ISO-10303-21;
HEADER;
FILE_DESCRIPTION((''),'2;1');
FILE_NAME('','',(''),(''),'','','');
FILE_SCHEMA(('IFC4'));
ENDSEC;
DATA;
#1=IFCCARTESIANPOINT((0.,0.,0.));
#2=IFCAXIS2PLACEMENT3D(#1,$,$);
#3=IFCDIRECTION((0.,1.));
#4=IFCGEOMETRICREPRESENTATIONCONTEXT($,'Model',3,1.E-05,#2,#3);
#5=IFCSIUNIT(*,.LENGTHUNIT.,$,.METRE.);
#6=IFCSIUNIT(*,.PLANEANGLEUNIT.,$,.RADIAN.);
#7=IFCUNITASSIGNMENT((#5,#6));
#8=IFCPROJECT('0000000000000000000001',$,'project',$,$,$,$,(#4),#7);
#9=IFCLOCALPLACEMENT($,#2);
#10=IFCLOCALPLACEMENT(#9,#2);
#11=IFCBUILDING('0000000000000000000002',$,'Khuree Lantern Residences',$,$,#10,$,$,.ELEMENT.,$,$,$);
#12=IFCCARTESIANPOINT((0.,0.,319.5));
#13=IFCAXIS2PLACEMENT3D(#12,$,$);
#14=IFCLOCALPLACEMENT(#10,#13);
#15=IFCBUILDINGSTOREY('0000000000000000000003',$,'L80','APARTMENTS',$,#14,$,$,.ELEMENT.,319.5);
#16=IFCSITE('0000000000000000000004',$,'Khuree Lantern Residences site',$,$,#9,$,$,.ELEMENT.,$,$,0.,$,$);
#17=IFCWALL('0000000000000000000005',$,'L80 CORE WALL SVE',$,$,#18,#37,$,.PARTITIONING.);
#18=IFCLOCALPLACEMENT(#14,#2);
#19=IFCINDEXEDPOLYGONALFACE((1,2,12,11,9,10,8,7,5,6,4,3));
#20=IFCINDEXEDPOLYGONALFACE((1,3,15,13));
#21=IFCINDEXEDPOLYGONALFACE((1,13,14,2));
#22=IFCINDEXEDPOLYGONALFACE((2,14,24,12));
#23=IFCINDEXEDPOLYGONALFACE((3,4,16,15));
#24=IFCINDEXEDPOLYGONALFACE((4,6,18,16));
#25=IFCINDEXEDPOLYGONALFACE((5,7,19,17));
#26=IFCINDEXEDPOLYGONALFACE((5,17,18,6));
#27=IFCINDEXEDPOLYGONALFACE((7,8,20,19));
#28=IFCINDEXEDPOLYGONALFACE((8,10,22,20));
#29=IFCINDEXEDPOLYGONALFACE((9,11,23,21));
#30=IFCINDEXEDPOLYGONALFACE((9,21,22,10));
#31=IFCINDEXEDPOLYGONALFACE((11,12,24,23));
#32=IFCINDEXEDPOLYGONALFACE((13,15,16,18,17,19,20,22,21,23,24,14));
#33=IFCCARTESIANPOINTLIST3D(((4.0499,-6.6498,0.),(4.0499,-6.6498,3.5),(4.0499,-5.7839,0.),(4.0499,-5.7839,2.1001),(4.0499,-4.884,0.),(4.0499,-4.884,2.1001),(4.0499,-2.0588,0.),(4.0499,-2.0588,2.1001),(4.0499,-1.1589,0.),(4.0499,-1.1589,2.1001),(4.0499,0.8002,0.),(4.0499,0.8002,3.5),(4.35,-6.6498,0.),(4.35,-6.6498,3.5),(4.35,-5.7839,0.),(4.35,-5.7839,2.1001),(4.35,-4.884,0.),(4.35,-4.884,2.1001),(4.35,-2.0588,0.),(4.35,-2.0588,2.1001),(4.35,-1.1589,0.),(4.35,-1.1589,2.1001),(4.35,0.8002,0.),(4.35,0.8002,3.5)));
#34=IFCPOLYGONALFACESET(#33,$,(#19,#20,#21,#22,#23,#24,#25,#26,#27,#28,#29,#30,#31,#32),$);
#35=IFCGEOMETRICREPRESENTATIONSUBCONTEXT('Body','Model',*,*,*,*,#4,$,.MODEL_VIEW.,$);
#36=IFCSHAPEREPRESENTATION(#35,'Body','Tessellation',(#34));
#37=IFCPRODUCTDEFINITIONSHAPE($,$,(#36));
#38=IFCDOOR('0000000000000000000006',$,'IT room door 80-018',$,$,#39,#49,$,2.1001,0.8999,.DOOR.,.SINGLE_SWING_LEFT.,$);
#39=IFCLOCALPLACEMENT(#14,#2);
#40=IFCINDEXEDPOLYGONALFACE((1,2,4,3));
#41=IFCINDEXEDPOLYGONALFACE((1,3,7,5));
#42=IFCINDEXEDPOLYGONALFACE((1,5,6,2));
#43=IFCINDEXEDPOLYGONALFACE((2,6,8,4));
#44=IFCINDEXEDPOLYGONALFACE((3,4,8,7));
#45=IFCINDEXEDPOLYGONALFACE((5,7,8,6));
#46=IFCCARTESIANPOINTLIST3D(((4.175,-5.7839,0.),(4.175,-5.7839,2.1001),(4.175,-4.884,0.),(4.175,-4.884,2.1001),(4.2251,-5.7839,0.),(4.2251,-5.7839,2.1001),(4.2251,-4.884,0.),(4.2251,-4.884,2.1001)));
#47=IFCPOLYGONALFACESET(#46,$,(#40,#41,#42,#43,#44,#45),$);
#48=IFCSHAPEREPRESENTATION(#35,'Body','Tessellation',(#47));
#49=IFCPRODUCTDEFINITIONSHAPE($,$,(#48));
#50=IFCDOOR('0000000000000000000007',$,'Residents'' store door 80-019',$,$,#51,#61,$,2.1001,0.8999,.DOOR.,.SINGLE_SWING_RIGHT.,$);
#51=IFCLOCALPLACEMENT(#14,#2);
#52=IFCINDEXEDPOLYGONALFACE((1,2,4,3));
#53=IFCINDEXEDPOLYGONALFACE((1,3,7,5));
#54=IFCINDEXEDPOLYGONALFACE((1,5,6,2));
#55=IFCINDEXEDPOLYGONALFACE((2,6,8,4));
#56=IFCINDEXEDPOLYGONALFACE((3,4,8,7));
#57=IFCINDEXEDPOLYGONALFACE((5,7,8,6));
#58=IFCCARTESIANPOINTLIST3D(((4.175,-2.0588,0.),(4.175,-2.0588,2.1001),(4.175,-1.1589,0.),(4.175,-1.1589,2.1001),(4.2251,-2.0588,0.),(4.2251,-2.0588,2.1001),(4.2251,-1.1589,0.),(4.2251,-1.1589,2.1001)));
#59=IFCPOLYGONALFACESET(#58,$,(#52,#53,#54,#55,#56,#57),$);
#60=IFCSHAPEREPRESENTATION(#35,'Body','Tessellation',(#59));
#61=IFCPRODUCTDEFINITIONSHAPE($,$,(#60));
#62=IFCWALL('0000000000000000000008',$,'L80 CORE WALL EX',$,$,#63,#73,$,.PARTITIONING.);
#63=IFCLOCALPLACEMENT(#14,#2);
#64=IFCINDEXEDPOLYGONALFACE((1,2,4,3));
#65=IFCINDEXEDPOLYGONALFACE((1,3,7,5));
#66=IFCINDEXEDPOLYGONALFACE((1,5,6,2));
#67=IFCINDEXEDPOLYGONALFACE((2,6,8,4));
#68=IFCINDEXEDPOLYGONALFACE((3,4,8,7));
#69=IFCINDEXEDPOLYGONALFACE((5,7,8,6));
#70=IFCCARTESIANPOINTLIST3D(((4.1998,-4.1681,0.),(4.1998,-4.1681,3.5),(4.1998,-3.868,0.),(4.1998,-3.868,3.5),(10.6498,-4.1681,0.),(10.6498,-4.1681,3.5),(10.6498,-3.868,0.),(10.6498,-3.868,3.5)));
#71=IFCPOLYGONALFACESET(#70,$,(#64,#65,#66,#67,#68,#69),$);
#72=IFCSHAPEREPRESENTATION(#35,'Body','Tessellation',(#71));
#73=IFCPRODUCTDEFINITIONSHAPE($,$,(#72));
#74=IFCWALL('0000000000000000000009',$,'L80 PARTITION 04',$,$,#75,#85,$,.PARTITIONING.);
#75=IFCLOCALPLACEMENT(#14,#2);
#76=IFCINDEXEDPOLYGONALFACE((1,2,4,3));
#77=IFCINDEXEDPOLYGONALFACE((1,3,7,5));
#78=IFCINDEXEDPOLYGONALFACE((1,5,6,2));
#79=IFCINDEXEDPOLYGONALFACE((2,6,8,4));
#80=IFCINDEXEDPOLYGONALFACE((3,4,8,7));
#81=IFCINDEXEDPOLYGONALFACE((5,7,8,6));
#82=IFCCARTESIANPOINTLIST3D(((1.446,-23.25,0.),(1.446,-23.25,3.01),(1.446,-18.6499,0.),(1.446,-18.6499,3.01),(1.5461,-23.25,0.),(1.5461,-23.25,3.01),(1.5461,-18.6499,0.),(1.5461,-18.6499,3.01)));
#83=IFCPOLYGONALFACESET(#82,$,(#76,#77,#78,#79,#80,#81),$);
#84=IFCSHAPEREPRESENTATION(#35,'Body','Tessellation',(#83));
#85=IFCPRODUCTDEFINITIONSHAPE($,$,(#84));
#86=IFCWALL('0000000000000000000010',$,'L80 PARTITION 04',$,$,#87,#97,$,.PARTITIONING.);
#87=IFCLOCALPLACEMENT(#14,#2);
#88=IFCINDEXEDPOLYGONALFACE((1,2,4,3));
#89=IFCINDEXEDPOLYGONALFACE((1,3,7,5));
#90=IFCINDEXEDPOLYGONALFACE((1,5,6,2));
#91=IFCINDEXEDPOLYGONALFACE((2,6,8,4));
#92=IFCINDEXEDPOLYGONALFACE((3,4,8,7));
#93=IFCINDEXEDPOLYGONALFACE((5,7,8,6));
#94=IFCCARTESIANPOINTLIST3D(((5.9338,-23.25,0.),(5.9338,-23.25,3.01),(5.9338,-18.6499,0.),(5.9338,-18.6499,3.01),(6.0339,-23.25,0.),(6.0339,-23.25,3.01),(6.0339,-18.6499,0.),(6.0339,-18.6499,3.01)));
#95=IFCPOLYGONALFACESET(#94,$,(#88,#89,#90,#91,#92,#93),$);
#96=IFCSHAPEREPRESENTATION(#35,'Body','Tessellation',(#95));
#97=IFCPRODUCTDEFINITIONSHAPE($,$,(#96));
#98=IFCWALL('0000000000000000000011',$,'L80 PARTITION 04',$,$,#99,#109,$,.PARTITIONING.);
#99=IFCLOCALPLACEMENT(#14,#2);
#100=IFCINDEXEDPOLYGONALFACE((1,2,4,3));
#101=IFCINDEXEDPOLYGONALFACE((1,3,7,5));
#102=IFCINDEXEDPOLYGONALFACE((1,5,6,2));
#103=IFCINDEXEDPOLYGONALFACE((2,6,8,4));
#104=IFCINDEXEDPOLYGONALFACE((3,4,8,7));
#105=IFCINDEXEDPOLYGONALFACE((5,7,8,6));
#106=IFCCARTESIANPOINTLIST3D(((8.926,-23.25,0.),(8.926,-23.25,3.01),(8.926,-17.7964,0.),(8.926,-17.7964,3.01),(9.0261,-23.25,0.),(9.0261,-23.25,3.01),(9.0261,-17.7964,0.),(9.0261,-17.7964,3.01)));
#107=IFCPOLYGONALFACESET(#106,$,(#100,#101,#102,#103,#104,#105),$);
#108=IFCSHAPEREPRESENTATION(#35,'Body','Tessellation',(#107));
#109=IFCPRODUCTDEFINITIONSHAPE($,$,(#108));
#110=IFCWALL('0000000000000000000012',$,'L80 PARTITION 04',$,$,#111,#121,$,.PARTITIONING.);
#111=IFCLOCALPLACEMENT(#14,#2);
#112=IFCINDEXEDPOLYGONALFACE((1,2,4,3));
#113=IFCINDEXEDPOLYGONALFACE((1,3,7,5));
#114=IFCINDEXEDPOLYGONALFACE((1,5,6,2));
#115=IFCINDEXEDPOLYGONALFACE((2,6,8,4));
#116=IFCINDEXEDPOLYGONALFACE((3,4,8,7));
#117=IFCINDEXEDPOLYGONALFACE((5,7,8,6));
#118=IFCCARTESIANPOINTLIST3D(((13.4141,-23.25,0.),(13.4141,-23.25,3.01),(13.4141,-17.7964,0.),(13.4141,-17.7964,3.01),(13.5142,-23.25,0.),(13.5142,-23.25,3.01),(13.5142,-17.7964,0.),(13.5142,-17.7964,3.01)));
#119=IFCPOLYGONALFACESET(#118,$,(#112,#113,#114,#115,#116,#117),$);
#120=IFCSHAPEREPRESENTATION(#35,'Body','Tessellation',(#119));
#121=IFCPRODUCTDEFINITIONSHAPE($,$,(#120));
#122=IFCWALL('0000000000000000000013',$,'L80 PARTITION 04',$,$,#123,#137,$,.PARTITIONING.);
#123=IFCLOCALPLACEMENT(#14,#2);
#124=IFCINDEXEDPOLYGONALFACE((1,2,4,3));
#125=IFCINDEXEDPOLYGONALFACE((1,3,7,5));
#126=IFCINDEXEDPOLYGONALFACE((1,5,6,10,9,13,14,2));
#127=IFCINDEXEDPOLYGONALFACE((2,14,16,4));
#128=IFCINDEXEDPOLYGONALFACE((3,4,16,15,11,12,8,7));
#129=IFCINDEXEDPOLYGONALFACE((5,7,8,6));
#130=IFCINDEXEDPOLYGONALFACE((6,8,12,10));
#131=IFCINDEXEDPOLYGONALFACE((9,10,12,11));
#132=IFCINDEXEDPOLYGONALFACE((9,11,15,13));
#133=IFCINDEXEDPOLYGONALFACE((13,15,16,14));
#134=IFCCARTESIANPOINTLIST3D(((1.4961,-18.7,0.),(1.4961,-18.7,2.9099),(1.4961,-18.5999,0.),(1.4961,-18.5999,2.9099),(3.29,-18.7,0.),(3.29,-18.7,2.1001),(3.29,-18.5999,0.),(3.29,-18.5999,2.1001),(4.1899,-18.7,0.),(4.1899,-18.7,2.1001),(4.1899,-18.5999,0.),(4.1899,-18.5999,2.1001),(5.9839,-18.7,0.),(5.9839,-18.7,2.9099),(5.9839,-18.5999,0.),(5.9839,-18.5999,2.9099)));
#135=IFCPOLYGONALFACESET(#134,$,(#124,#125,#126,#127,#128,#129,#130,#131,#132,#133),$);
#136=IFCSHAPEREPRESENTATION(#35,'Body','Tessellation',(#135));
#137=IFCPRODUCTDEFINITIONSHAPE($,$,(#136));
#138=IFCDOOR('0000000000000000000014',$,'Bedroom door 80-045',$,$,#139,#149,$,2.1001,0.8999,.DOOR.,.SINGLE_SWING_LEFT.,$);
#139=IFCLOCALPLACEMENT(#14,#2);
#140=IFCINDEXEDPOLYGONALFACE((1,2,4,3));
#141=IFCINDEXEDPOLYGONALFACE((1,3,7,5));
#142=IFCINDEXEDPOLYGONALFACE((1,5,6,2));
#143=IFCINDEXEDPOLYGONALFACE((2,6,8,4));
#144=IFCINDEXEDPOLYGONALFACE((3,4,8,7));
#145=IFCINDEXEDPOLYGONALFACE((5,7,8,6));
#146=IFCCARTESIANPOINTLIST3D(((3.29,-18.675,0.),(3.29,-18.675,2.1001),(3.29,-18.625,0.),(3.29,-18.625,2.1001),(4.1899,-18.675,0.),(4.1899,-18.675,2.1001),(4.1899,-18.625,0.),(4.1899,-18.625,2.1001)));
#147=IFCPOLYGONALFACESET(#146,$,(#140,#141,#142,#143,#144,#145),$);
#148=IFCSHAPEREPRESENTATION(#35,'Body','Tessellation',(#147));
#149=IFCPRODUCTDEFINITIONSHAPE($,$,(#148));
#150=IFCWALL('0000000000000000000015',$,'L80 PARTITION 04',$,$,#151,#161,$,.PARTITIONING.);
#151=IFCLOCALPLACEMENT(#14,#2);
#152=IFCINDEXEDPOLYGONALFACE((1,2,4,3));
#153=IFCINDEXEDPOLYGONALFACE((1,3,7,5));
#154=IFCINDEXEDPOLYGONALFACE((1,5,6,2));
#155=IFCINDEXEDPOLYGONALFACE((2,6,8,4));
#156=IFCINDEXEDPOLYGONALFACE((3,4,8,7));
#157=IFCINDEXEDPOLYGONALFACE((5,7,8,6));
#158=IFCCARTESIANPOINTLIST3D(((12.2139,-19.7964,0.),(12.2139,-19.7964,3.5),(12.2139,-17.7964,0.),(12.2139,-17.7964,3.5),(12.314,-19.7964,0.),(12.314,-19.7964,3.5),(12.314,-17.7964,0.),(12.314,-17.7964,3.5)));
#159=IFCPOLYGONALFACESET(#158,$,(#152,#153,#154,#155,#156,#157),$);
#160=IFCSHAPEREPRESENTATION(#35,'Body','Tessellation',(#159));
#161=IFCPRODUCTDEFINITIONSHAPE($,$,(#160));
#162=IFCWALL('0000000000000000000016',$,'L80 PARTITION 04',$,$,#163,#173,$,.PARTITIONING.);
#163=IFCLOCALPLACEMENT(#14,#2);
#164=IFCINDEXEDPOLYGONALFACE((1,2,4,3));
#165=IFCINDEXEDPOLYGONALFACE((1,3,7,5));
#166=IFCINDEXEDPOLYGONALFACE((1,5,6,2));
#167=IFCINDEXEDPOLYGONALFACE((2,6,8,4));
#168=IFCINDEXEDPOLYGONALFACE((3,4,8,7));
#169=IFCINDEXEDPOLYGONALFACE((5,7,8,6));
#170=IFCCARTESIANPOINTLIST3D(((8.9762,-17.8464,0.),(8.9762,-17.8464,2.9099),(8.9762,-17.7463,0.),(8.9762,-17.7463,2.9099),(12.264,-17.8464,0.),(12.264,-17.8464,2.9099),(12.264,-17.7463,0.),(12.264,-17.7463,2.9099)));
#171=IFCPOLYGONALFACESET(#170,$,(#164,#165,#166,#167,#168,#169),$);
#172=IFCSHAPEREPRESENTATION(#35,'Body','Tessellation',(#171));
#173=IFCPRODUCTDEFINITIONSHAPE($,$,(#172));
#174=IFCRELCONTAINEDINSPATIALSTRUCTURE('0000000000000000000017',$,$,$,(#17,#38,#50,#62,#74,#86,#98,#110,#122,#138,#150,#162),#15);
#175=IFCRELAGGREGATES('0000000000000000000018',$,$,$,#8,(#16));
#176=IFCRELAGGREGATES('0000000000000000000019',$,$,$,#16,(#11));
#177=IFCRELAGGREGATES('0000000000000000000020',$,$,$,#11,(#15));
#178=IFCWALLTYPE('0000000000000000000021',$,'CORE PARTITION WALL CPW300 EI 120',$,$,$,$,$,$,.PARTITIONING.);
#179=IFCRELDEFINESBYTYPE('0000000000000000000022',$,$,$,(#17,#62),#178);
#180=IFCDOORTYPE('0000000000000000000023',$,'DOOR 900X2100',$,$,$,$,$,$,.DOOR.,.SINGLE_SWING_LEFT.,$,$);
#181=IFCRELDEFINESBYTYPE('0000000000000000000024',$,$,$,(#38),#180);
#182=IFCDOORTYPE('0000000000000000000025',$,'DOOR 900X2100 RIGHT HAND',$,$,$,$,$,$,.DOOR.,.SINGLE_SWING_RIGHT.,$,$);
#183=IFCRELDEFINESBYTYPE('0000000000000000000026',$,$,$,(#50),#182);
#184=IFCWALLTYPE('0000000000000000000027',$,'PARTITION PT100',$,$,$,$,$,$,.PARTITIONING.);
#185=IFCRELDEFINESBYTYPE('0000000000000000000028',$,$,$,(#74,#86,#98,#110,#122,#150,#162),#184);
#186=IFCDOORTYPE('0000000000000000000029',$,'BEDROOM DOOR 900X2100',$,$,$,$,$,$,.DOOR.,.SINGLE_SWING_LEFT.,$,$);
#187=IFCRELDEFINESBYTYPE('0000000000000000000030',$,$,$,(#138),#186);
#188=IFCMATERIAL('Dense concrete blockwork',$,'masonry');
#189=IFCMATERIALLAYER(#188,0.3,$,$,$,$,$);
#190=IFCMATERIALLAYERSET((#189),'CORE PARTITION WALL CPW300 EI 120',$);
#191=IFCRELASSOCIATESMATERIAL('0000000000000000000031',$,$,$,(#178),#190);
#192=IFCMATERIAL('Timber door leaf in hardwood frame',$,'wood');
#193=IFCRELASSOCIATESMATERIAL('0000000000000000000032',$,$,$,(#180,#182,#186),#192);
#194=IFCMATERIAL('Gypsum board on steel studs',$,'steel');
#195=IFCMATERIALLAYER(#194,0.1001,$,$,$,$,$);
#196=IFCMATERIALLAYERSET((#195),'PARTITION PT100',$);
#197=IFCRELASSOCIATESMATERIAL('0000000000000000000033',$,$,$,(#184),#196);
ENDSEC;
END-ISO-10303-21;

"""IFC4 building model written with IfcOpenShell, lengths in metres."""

from ifc_helpers import new_model, si_unit, direction, frame, frame_2d, origin, place, context, subcontext, project, spatial, rectangle, extrude, material, layer, layer_set, type_object, element, fill, save


model = new_model("IFC4")

# Units and contexts
model_context = context("Model", 3, precision=1e-05, world=origin(), true_north=direction((0.0, 1.0)))
body_context = subcontext(model_context, "Body", "Model", "MODEL_VIEW")
ifc_project = project(units=[si_unit("LENGTHUNIT", "METRE"), si_unit("PLANEANGLEUNIT", "RADIAN")], contexts=[model_context])

# Site, building, storey
site_placement = place(None, origin())
site = spatial("IfcSite", under=ifc_project, at=site_placement, Name="Khuree Lantern Residences site", CompositionType="ELEMENT", RefElevation=0.0)
building_placement = place(site_placement, origin())
building = spatial("IfcBuilding", under=site, at=building_placement, Name="Khuree Lantern Residences", CompositionType="ELEMENT")
storey_placement = place(building_placement, frame((0.0, 0.0, 319.5)))
storey = spatial("IfcBuildingStorey", under=building, at=storey_placement, Name="L80", Description="APARTMENTS", CompositionType="ELEMENT", Elevation=319.5)

# Shared definitions
ifc_material_1 = material(Name="Dense concrete blockwork", Category="masonry")
ifc_layer_1 = layer(ifc_material_1, 0.3)
ifc_layer_set_1 = layer_set([ifc_layer_1], Name="CORE PARTITION WALL CPW300 EI 120")
wall_type_1 = type_object("IfcWallType", Name="CORE PARTITION WALL CPW300 EI 120", PredefinedType="PARTITIONING", material=ifc_layer_set_1)

# Wall, openings, doors
wall_1_placement = place(storey_placement, frame((4.2, -6.6499, 0.0), z_axis=(0.0, 0.0, 1.0), x_axis=(0.0, 1.0, 0.0)))
wall_1 = element("IfcWall", 1, at=wall_1_placement, inside=storey, type_object=wall_type_1, Name="L80 CORE WALL SVE", PredefinedType="PARTITIONING", context=body_context, shape_type="SweptSolid", body=[
    extrude(rectangle(XDim=7.45, YDim=0.3, at=frame_2d((3.7251, 0.0))), origin(), (0.0, 0.0, 1.0), 3.5),
])
opening_1_placement = place(wall_1_placement, frame((0.866, 0.0, 0.0)))
opening_1 = element("IfcOpeningElement", 2, at=opening_1_placement, cuts=wall_1, PredefinedType="OPENING", context=body_context, shape_type="SweptSolid", body=[
    extrude(rectangle(XDim=0.8999, YDim=2.1001, at=frame_2d((0.45, 1.05))), frame((0.0, 0.1602, 0.0), z_axis=(0.0, -1.0, 0.0), x_axis=(1.0, 0.0, 0.0)), (0.0, 0.0, 1.0), 0.3201),
])
opening_2_placement = place(wall_1_placement, frame((4.5911, 0.0, 0.0)))
opening_2 = element("IfcOpeningElement", 3, at=opening_2_placement, cuts=wall_1, PredefinedType="OPENING", context=body_context, shape_type="SweptSolid", body=[
    extrude(rectangle(XDim=0.8999, YDim=2.1001, at=frame_2d((0.45, 1.05))), frame((0.0, 0.1602, 0.0), z_axis=(0.0, -1.0, 0.0), x_axis=(1.0, 0.0, 0.0)), (0.0, 0.0, 1.0), 0.3201),
])
ifc_material_2 = material(Name="Timber door leaf in hardwood frame", Category="wood")
door_type_1 = type_object("IfcDoorType", Name="DOOR 900X2100", OperationType="SINGLE_SWING_LEFT", PredefinedType="DOOR", material=ifc_material_2)
door_1_placement = place(opening_1_placement, origin())
door_1 = element("IfcDoor", 4, at=door_1_placement, inside=storey, type_object=door_type_1, Name="IT room door 80-018", OperationType="SINGLE_SWING_LEFT", OverallHeight=2.1001, OverallWidth=0.8999, PredefinedType="DOOR", context=body_context, shape_type="SweptSolid", body=[
    extrude(rectangle(XDim=0.8999, YDim=2.1001, at=frame_2d((0.45, 1.05))), frame((0.0, 0.0249, 0.0), z_axis=(0.0, -1.0, 0.0), x_axis=(1.0, 0.0, 0.0)), (0.0, 0.0, 1.0), 0.05),
])
fill(opening_1, door_1)
door_type_2 = type_object("IfcDoorType", Name="DOOR 900X2100 RIGHT HAND", OperationType="SINGLE_SWING_RIGHT", PredefinedType="DOOR", material=ifc_material_2)
door_2_placement = place(opening_2_placement, origin())
door_2 = element("IfcDoor", 5, at=door_2_placement, inside=storey, type_object=door_type_2, Name="Residents' store door 80-019", OperationType="SINGLE_SWING_RIGHT", OverallHeight=2.1001, OverallWidth=0.8999, PredefinedType="DOOR", context=body_context, shape_type="SweptSolid", body=[
    extrude(rectangle(XDim=0.8999, YDim=2.1001, at=frame_2d((0.45, 1.05))), frame((0.0, 0.0249, 0.0), z_axis=(0.0, -1.0, 0.0), x_axis=(1.0, 0.0, 0.0)), (0.0, 0.0, 1.0), 0.05),
])
fill(opening_2, door_2)

# Walls
wall_2_placement = place(storey_placement, frame((10.6499, -4.0181, 0.0), z_axis=(0.0, 0.0, 1.0), x_axis=(-1.0, 0.0, 0.0)))
element("IfcWall", 6, at=wall_2_placement, inside=storey, type_object=wall_type_1, Name="L80 CORE WALL EX", PredefinedType="PARTITIONING", context=body_context, shape_type="SweptSolid", body=[
    extrude(rectangle(XDim=6.45, YDim=0.3, at=frame_2d((3.2251, 0.0))), origin(), (0.0, 0.0, 1.0), 3.5),
])
ifc_material_3 = material(Name="Gypsum board on steel studs", Category="steel")
ifc_layer_2 = layer(ifc_material_3, 0.1001)
ifc_layer_set_2 = layer_set([ifc_layer_2], Name="PARTITION PT100")
wall_type_2 = type_object("IfcWallType", Name="PARTITION PT100", PredefinedType="PARTITIONING", material=ifc_layer_set_2)
for number, where, z_axis, x_axis, name in (
    (7, (1.4961, -18.6499, 0.0), (0.0, 0.0, 1.0), (0.0, -1.0, 0.0), "L80 PARTITION 04"),
    (8, (5.9839, -18.6499, 0.0), (0.0, 0.0, 1.0), (0.0, -1.0, 0.0), "L80 PARTITION 04"),
):
    element("IfcWall", number, at=place(storey_placement, frame(where, z_axis=z_axis, x_axis=x_axis)), inside=storey, type_object=wall_type_2, Name=name, PredefinedType="PARTITIONING", context=body_context, shape_type="SweptSolid", body=[
        extrude(rectangle(XDim=4.6001, YDim=0.1001, at=frame_2d((2.3, 0.0))), origin(), (0.0, 0.0, 1.0), 3.01),
    ])
for number, where, z_axis, x_axis, name in (
    (9, (8.9761, -17.7964, 0.0), (0.0, 0.0, 1.0), (0.0, -1.0, 0.0), "L80 PARTITION 04"),
    (10, (13.4641, -17.7964, 0.0), (0.0, 0.0, 1.0), (0.0, -1.0, 0.0), "L80 PARTITION 04"),
):
    element("IfcWall", number, at=place(storey_placement, frame(where, z_axis=z_axis, x_axis=x_axis)), inside=storey, type_object=wall_type_2, Name=name, PredefinedType="PARTITIONING", context=body_context, shape_type="SweptSolid", body=[
        extrude(rectangle(XDim=5.4536, YDim=0.1001, at=frame_2d((2.7268, 0.0))), origin(), (0.0, 0.0, 1.0), 3.01),
    ])

# Wall, opening, door
wall_3_placement = place(storey_placement, frame((1.4961, -18.6499, 0.0), z_axis=(0.0, 0.0, 1.0), x_axis=(1.0, 0.0, 0.0)))
wall_3 = element("IfcWall", 11, at=wall_3_placement, inside=storey, type_object=wall_type_2, Name="L80 PARTITION 04", PredefinedType="PARTITIONING", context=body_context, shape_type="SweptSolid", body=[
    extrude(rectangle(XDim=4.4878, YDim=0.1001, at=frame_2d((2.2439, 0.0))), origin(), (0.0, 0.0, 1.0), 2.9099),
])
opening_3_placement = place(wall_3_placement, frame((1.7939, 0.0, 0.0)))
opening_3 = element("IfcOpeningElement", 12, at=opening_3_placement, cuts=wall_3, PredefinedType="OPENING", context=body_context, shape_type="SweptSolid", body=[
    extrude(rectangle(XDim=0.8999, YDim=2.1001, at=frame_2d((0.45, 1.05))), frame((0.0, 0.0601, 0.0), z_axis=(0.0, -1.0, 0.0), x_axis=(1.0, 0.0, 0.0)), (0.0, 0.0, 1.0), 0.1201),
])
door_type_3 = type_object("IfcDoorType", Name="BEDROOM DOOR 900X2100", OperationType="SINGLE_SWING_LEFT", PredefinedType="DOOR", material=ifc_material_2)
door_3_placement = place(opening_3_placement, origin())
door_3 = element("IfcDoor", 13, at=door_3_placement, inside=storey, type_object=door_type_3, Name="Bedroom door 80-045", OperationType="SINGLE_SWING_LEFT", OverallHeight=2.1001, OverallWidth=0.8999, PredefinedType="DOOR", context=body_context, shape_type="SweptSolid", body=[
    extrude(rectangle(XDim=0.8999, YDim=2.1001, at=frame_2d((0.45, 1.05))), frame((0.0, 0.0249, 0.0), z_axis=(0.0, -1.0, 0.0), x_axis=(1.0, 0.0, 0.0)), (0.0, 0.0, 1.0), 0.05),
])
fill(opening_3, door_3)

# Walls
wall_4_placement = place(storey_placement, frame((12.2639, -17.7964, 0.0), z_axis=(0.0, 0.0, 1.0), x_axis=(0.0, -1.0, 0.0)))
element("IfcWall", 14, at=wall_4_placement, inside=storey, type_object=wall_type_2, Name="L80 PARTITION 04", PredefinedType="PARTITIONING", context=body_context, shape_type="SweptSolid", body=[
    extrude(rectangle(XDim=2.0, YDim=0.1001, at=frame_2d((1.0, 0.0))), origin(), (0.0, 0.0, 1.0), 3.5),
])
wall_5_placement = place(storey_placement, frame((8.9761, -17.7964, 0.0), z_axis=(0.0, 0.0, 1.0), x_axis=(1.0, 0.0, 0.0)))
element("IfcWall", 15, at=wall_5_placement, inside=storey, type_object=wall_type_2, Name="L80 PARTITION 04", PredefinedType="PARTITIONING", context=body_context, shape_type="SweptSolid", body=[
    extrude(rectangle(XDim=3.2878, YDim=0.1001, at=frame_2d((1.644, 0.0))), origin(), (0.0, 0.0, 1.0), 2.9099),
])

save(model, "model.ifc")
